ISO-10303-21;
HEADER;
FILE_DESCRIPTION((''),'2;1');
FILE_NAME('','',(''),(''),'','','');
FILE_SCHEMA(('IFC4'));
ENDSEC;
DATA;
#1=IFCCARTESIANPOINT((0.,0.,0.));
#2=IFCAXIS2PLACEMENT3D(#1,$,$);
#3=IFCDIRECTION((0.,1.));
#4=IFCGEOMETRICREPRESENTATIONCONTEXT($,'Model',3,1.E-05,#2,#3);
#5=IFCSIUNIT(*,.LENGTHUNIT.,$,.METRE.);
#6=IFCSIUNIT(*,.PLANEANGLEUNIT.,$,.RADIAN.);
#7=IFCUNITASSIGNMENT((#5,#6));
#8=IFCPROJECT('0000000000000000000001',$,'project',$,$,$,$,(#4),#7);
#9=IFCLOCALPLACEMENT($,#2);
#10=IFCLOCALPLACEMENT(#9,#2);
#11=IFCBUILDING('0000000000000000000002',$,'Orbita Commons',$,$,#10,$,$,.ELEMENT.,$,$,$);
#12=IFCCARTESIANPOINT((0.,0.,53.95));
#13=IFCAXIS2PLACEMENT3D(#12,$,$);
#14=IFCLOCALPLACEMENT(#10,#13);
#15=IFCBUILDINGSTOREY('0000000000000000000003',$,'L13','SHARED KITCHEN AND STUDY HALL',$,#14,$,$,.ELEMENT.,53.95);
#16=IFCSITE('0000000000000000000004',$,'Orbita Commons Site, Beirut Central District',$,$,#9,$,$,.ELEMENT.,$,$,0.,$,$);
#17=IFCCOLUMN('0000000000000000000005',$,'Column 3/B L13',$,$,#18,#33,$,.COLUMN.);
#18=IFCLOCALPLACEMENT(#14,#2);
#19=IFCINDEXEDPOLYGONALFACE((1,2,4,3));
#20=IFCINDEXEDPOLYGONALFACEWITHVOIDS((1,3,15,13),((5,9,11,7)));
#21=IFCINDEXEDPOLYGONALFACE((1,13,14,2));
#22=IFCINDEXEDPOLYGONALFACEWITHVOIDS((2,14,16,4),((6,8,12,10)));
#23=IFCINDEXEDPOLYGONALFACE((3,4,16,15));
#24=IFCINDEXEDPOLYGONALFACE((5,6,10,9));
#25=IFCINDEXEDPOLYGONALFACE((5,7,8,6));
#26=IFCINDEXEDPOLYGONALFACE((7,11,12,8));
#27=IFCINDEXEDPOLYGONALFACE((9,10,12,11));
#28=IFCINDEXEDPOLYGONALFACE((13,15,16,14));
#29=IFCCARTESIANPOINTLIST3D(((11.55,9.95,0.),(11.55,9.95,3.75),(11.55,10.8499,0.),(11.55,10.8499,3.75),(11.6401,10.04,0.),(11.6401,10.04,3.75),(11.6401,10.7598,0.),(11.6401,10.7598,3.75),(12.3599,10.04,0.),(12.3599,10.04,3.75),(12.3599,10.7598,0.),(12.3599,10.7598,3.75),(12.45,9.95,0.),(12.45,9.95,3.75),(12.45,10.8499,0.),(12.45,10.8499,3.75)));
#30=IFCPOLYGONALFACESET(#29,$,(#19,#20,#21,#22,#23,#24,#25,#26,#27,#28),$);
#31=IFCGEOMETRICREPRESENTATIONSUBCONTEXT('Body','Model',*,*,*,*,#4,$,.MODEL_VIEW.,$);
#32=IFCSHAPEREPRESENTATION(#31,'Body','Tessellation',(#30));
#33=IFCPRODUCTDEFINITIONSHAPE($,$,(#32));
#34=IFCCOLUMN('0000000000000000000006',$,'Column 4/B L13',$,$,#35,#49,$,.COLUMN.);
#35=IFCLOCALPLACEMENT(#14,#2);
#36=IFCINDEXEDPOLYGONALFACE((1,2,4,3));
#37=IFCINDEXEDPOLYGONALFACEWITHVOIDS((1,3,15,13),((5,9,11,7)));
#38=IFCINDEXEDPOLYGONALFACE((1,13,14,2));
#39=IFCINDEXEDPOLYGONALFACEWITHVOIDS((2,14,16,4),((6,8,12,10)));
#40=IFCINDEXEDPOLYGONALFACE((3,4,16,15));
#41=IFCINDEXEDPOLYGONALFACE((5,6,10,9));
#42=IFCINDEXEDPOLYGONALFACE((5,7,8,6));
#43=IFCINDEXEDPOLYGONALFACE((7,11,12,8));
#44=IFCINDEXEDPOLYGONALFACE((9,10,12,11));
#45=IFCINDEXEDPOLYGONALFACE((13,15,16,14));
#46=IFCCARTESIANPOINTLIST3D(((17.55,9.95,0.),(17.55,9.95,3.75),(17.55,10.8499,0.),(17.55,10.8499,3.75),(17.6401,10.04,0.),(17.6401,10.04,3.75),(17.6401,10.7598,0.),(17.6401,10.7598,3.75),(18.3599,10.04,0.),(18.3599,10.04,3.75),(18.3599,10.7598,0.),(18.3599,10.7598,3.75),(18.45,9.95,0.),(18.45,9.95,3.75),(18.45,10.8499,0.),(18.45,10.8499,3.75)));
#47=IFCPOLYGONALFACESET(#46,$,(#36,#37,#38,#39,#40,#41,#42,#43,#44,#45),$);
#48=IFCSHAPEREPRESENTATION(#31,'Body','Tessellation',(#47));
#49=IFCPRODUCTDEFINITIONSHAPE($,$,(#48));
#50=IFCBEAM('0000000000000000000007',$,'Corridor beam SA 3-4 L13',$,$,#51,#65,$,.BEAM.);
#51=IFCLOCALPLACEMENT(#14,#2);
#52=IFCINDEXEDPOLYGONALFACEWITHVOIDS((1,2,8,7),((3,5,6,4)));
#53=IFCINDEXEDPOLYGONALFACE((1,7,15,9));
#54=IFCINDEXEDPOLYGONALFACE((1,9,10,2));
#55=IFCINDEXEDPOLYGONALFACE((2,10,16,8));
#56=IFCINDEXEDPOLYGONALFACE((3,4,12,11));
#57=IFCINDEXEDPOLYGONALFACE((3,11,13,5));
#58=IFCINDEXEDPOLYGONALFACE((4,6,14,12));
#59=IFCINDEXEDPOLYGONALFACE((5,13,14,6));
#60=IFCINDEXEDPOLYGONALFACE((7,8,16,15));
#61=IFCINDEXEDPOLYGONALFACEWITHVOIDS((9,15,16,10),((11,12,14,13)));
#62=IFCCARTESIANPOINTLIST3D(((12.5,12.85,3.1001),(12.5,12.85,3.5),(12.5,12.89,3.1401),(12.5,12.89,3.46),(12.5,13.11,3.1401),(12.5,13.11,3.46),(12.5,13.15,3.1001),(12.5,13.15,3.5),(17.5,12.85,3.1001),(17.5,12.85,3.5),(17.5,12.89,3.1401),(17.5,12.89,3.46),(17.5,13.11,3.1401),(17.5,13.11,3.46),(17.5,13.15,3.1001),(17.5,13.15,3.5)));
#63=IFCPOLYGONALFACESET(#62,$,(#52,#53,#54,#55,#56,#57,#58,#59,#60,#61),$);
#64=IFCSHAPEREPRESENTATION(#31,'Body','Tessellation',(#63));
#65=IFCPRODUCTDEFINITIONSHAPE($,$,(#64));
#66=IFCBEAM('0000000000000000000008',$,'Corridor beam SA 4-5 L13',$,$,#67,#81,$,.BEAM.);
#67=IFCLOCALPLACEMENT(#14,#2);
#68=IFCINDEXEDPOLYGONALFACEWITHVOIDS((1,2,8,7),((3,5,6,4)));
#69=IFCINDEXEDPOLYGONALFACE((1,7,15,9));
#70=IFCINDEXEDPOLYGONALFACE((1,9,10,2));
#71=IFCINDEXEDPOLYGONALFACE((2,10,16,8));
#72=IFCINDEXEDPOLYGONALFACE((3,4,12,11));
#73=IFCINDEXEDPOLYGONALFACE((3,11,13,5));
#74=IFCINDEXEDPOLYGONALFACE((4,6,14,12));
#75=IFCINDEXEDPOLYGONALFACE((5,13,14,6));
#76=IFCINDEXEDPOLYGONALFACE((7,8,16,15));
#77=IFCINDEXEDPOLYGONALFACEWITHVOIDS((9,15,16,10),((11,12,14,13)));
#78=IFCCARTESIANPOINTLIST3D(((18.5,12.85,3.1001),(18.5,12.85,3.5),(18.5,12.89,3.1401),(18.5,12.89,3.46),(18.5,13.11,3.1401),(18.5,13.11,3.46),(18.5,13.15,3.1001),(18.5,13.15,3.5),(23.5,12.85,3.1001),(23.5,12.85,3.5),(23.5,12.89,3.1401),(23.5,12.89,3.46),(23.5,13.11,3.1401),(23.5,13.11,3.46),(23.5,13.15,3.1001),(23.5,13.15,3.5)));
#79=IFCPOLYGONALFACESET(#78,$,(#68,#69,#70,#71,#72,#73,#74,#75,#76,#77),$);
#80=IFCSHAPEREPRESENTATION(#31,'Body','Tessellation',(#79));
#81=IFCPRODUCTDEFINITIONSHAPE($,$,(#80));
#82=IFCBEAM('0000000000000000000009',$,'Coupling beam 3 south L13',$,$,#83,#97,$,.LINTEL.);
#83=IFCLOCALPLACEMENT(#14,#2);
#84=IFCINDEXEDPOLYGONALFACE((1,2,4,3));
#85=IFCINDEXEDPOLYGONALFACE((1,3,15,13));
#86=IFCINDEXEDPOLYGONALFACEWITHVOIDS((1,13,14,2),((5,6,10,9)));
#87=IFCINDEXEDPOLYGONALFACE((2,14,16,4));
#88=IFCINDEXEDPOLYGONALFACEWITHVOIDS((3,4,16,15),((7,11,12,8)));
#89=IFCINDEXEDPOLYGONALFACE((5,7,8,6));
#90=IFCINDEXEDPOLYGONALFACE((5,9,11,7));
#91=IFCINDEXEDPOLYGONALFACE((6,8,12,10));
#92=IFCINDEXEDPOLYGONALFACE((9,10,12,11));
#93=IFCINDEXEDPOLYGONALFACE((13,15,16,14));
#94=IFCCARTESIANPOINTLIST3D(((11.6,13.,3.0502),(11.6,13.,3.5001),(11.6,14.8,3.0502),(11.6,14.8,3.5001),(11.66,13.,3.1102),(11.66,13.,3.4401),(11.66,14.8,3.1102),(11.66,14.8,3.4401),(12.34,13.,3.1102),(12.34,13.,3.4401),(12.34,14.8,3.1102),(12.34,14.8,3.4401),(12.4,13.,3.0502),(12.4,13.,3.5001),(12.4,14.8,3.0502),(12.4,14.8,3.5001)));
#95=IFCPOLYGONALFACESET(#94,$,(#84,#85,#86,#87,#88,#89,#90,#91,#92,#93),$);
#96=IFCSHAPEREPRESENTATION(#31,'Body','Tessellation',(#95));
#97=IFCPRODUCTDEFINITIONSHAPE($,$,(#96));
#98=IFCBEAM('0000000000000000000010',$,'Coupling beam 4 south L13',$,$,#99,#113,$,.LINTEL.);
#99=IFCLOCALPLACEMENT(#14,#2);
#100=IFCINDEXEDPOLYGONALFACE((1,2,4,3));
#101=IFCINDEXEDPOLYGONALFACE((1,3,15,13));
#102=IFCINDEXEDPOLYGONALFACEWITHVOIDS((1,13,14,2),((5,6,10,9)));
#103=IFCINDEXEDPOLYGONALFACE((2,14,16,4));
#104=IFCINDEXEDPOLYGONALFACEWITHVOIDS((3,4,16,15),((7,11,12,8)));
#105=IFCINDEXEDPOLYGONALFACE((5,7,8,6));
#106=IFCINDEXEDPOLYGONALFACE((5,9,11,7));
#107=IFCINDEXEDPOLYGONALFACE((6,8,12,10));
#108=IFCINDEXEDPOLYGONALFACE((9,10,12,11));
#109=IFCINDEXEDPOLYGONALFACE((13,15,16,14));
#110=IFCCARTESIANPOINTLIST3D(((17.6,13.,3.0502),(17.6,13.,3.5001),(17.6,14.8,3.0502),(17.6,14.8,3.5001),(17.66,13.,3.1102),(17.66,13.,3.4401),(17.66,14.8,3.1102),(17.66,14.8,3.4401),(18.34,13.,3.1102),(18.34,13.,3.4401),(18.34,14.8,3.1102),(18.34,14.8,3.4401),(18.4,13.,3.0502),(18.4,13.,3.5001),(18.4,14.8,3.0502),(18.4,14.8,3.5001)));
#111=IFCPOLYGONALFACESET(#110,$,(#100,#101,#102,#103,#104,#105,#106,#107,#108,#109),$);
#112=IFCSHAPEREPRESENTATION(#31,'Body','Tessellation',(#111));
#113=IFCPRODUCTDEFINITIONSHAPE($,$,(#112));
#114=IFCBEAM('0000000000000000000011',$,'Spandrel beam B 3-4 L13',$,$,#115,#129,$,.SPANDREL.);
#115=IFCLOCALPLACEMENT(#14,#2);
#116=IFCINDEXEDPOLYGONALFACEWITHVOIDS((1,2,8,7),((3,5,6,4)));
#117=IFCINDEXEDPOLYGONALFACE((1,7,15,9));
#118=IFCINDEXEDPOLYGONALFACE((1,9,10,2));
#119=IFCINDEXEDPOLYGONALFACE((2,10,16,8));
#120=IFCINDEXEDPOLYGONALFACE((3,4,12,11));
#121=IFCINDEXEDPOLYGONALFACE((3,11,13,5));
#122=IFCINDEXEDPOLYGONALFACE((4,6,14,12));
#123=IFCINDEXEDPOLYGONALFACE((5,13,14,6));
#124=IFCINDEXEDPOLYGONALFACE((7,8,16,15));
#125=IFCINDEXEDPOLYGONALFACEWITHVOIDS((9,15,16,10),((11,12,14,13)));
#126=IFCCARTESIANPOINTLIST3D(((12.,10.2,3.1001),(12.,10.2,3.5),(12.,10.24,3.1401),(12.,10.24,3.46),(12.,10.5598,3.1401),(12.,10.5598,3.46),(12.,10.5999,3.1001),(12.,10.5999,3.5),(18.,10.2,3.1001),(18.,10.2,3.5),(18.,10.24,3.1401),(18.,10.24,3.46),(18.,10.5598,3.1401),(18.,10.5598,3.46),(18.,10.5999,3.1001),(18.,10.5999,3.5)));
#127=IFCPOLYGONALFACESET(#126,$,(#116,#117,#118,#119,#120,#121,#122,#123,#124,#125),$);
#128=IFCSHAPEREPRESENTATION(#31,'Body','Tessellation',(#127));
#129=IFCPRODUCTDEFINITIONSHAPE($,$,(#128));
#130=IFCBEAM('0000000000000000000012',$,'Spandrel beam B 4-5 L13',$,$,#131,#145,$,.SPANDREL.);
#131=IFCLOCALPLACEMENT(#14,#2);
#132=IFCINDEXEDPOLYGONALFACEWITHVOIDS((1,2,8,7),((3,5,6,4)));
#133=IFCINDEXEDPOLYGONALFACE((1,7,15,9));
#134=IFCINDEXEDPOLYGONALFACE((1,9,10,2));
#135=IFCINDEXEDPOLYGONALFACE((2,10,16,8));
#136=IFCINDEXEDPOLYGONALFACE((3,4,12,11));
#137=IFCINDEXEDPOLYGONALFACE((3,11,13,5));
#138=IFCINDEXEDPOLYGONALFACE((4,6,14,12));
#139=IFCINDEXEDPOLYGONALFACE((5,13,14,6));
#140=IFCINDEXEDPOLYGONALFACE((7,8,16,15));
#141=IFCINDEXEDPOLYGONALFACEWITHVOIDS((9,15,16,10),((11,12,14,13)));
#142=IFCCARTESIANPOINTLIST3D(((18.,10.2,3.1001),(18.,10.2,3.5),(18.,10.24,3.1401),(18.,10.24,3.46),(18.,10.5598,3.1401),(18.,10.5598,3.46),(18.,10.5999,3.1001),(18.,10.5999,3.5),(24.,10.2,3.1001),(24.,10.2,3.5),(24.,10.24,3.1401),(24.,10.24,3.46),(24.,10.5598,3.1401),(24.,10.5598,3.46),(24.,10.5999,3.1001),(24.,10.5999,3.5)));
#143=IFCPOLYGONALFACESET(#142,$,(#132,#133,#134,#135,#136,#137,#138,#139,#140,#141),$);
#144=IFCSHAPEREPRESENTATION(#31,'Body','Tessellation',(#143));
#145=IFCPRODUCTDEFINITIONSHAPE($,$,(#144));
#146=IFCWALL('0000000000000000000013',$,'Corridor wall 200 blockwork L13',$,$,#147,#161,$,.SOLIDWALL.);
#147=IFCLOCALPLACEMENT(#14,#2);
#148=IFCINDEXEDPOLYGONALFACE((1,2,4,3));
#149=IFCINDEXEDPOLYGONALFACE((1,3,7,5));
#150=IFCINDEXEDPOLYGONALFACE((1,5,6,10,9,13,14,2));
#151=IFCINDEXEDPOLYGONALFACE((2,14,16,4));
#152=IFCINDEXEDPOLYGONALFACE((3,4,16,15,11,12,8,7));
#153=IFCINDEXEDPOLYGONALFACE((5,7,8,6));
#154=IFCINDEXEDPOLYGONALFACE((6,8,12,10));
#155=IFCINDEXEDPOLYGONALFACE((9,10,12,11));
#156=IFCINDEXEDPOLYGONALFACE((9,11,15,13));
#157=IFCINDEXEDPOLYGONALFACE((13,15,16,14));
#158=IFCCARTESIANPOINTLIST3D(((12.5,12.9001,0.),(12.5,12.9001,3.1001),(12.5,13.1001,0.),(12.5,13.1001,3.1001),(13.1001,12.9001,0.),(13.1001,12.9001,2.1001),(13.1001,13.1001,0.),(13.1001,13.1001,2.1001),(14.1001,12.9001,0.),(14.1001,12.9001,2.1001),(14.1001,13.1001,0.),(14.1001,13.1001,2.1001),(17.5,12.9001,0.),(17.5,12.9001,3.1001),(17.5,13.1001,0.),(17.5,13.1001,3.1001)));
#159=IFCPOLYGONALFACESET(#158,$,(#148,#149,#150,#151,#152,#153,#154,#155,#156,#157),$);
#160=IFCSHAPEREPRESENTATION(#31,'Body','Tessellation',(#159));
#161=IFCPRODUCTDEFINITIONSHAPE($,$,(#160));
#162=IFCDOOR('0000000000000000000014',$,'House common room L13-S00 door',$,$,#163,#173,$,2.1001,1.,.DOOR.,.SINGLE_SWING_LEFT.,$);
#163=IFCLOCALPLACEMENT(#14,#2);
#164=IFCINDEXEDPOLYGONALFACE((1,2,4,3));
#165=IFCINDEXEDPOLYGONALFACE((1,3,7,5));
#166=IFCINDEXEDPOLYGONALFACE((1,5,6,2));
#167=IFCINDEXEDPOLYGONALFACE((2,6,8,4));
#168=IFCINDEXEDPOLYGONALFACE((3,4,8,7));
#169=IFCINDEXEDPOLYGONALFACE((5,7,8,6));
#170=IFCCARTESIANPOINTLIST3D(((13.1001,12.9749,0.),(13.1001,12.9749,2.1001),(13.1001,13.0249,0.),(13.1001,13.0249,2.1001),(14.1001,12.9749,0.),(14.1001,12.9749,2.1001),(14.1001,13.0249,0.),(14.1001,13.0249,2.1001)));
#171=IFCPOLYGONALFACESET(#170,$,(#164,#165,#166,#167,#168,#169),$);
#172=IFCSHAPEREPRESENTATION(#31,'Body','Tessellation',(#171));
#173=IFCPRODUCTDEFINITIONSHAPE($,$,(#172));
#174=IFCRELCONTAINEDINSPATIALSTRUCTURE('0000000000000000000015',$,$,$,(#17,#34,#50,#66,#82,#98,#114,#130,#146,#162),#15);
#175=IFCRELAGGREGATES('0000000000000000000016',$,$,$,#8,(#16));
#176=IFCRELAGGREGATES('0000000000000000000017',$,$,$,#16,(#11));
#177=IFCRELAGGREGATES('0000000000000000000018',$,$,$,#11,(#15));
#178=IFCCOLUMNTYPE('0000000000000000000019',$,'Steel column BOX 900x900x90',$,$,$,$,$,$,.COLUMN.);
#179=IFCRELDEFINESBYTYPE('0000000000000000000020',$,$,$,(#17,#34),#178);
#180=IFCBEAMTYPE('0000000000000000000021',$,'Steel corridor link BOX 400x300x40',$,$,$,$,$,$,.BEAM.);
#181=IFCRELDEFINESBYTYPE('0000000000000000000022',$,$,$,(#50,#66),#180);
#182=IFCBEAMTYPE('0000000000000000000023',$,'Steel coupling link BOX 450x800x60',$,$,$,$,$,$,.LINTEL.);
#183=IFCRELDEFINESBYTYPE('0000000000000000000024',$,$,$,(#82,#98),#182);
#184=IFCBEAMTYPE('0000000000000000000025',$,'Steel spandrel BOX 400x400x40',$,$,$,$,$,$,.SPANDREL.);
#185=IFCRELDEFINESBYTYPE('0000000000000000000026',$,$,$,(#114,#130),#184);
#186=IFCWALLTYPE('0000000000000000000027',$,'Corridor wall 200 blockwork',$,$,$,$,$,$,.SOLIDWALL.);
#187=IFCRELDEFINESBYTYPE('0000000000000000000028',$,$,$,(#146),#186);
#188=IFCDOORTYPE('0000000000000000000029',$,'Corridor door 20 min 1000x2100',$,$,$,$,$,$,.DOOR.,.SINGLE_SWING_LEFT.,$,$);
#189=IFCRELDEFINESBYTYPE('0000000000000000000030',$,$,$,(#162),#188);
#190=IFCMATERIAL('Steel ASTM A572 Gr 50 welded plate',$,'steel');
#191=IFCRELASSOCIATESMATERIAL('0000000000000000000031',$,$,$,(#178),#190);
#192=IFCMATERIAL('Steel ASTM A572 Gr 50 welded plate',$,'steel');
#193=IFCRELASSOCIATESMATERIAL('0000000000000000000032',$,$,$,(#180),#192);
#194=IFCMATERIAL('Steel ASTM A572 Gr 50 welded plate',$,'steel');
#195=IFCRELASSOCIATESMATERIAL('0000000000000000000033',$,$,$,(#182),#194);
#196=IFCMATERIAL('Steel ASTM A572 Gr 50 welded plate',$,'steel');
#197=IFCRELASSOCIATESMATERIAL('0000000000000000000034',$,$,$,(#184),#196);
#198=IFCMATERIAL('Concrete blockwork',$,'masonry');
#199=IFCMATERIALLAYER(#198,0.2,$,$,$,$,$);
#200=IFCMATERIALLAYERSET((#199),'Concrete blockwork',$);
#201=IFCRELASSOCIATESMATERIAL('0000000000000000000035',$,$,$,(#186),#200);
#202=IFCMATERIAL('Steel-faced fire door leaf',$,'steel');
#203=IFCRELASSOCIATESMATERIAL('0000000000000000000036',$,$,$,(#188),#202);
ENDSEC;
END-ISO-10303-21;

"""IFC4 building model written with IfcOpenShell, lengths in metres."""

from ifc_helpers import new_model, si_unit, direction, frame, frame_2d, origin, origin_2d, place, context, subcontext, project, spatial, polyline, rectangle, hollow_rectangle, outline, extrude, material, layer, layer_set, material_profile, profile_set, type_object, element, fill, save


model = new_model("IFC4")

# Units and contexts
model_context = context("Model", 3, precision=1e-05, world=origin(), true_north=direction((0.0, 1.0)))
body_context = subcontext(model_context, "Body", "Model", "MODEL_VIEW")
ifc_project = project(units=[si_unit("LENGTHUNIT", "METRE"), si_unit("PLANEANGLEUNIT", "RADIAN")], contexts=[model_context])

# Site, building, storey
site_placement = place(None, origin())
site = spatial("IfcSite", under=ifc_project, at=site_placement, Name="Orbita Commons Site, Beirut Central District", CompositionType="ELEMENT", RefElevation=0.0)
building_placement = place(site_placement, origin())
building = spatial("IfcBuilding", under=site, at=building_placement, Name="Orbita Commons", CompositionType="ELEMENT")
storey_placement = place(building_placement, frame((0.0, 0.0, 53.95)))
storey = spatial("IfcBuildingStorey", under=building, at=storey_placement, Name="L13", Description="SHARED KITCHEN AND STUDY HALL", CompositionType="ELEMENT", Elevation=53.95)

# Columns
ifc_material_1 = material(Name="Steel ASTM A572 Gr 50 welded plate", Category="steel")
ifc_material_profile_1 = material_profile(ifc_material_1, hollow_rectangle(XDim=0.8999, YDim=0.8999, WallThickness=0.0901, at=origin_2d()), Name="BOX 900x900x90")
ifc_profile_set_1 = profile_set([ifc_material_profile_1], Name="Steel ASTM A572 Gr 50 welded plate")
column_type = type_object("IfcColumnType", Name="Steel column BOX 900x900x90", PredefinedType="COLUMN", material=ifc_profile_set_1)
for number, where, z_axis, x_axis, name in (
    (1, (12.0, 10.3999, 0.0), (0.0, 0.0, 1.0), (1.0, 0.0, 0.0), "Column 3/B L13"),
    (2, (18.0, 10.3999, 0.0), (0.0, 0.0, 1.0), (1.0, 0.0, 0.0), "Column 4/B L13"),
):
    element("IfcColumn", number, at=place(storey_placement, frame(where, z_axis=z_axis, x_axis=x_axis)), inside=storey, type_object=column_type, Name=name, PredefinedType="COLUMN", context=body_context, shape_type="SweptSolid", body=[
        extrude(hollow_rectangle(XDim=0.8999, YDim=0.8999, WallThickness=0.0901, at=origin_2d()), origin(), (0.0, 0.0, 1.0), 3.75),
    ])

# Beams
ifc_material_2 = material(Name="Steel ASTM A572 Gr 50 welded plate", Category="steel")
ifc_material_profile_2 = material_profile(ifc_material_2, hollow_rectangle(XDim=0.3, YDim=0.3999, WallThickness=0.04, at=origin_2d()), Name="BOX 400x300x40")
ifc_profile_set_2 = profile_set([ifc_material_profile_2], Name="Steel ASTM A572 Gr 50 welded plate")
beam_type_1 = type_object("IfcBeamType", Name="Steel corridor link BOX 400x300x40", PredefinedType="BEAM", material=ifc_profile_set_2)
for number, where, z_axis, x_axis, name in (
    (3, (12.5, 13.0, 3.3), (1.0, 0.0, 0.0), (0.0, 1.0, 0.0), "Corridor beam SA 3-4 L13"),
    (4, (18.5, 13.0, 3.3), (1.0, 0.0, 0.0), (0.0, 1.0, 0.0), "Corridor beam SA 4-5 L13"),
):
    element("IfcBeam", number, at=place(storey_placement, frame(where, z_axis=z_axis, x_axis=x_axis)), inside=storey, type_object=beam_type_1, Name=name, PredefinedType="BEAM", context=body_context, shape_type="SweptSolid", body=[
        extrude(hollow_rectangle(XDim=0.3, YDim=0.3999, WallThickness=0.04, at=origin_2d()), origin(), (0.0, 0.0, 1.0), 5.0),
    ])
ifc_material_3 = material(Name="Steel ASTM A572 Gr 50 welded plate", Category="steel")
ifc_material_profile_3 = material_profile(ifc_material_3, hollow_rectangle(XDim=0.8, YDim=0.45, WallThickness=0.0601, at=origin_2d()), Name="BOX 450x800x60")
ifc_profile_set_3 = profile_set([ifc_material_profile_3], Name="Steel ASTM A572 Gr 50 welded plate")
beam_type_2 = type_object("IfcBeamType", Name="Steel coupling link BOX 450x800x60", PredefinedType="LINTEL", material=ifc_profile_set_3)
for number, where, z_axis, x_axis, name in (
    (5, (12.0, 13.0, 3.2751), (0.0, 1.0, 0.0), (-1.0, 0.0, 0.0), "Coupling beam 3 south L13"),
    (6, (18.0, 13.0, 3.2751), (0.0, 1.0, 0.0), (-1.0, 0.0, 0.0), "Coupling beam 4 south L13"),
):
    element("IfcBeam", number, at=place(storey_placement, frame(where, z_axis=z_axis, x_axis=x_axis)), inside=storey, type_object=beam_type_2, Name=name, PredefinedType="LINTEL", context=body_context, shape_type="SweptSolid", body=[
        extrude(hollow_rectangle(XDim=0.8, YDim=0.45, WallThickness=0.0601, at=origin_2d()), origin(), (0.0, 0.0, 1.0), 1.8),
    ])
ifc_material_4 = material(Name="Steel ASTM A572 Gr 50 welded plate", Category="steel")
ifc_material_profile_4 = material_profile(ifc_material_4, hollow_rectangle(XDim=0.3999, YDim=0.3999, WallThickness=0.04, at=origin_2d()), Name="BOX 400x400x40")
ifc_profile_set_4 = profile_set([ifc_material_profile_4], Name="Steel ASTM A572 Gr 50 welded plate")
beam_type_3 = type_object("IfcBeamType", Name="Steel spandrel BOX 400x400x40", PredefinedType="SPANDREL", material=ifc_profile_set_4)
for number, where, z_axis, x_axis, name in (
    (7, (12.0, 10.3999, 3.3), (1.0, 0.0, 0.0), (0.0, 1.0, 0.0), "Spandrel beam B 3-4 L13"),
    (8, (18.0, 10.3999, 3.3), (1.0, 0.0, 0.0), (0.0, 1.0, 0.0), "Spandrel beam B 4-5 L13"),
):
    element("IfcBeam", number, at=place(storey_placement, frame(where, z_axis=z_axis, x_axis=x_axis)), inside=storey, type_object=beam_type_3, Name=name, PredefinedType="SPANDREL", context=body_context, shape_type="SweptSolid", body=[
        extrude(hollow_rectangle(XDim=0.3999, YDim=0.3999, WallThickness=0.04, at=origin_2d()), origin(), (0.0, 0.0, 1.0), 6.0),
    ])

# Wall, opening, door
ifc_material_5 = material(Name="Concrete blockwork", Category="masonry")
ifc_layer_1 = layer(ifc_material_5, 0.2)
ifc_layer_set_1 = layer_set([ifc_layer_1], Name="Concrete blockwork")
wall_type_1 = type_object("IfcWallType", Name="Corridor wall 200 blockwork", PredefinedType="SOLIDWALL", material=ifc_layer_set_1)
wall_1_placement = place(storey_placement, frame((12.5, 13.0, 0.0), z_axis=(0.0, 0.0, 1.0), x_axis=(1.0, 0.0, 0.0)))
wall_1 = element("IfcWall", 9, at=wall_1_placement, inside=storey, type_object=wall_type_1, Name="Corridor wall 200 blockwork L13", PredefinedType="SOLIDWALL", context=body_context, shape_type="SweptSolid", body=[
    extrude(outline(polyline([(0.0, 0.0), (5.0, 0.0), (5.0, 3.1001), (0.0, 3.1001), (0.0, 0.0)])), frame((0.0, 0.1001, 0.0), z_axis=(0.0, -1.0, 0.0), x_axis=(1.0, 0.0, 0.0)), (0.0, 0.0, 1.0), 0.2),
])
opening_1_placement = place(wall_1_placement, frame((0.6001, 0.0, 0.0)))
opening_1 = element("IfcOpeningElement", 10, at=opening_1_placement, cuts=wall_1, PredefinedType="OPENING", context=body_context, shape_type="SweptSolid", body=[
    extrude(rectangle(XDim=1.0, YDim=2.1001, at=frame_2d((0.5, 1.05))), frame((0.0, 0.1099, 0.0), z_axis=(0.0, -1.0, 0.0), x_axis=(1.0, 0.0, 0.0)), (0.0, 0.0, 1.0), 0.22),
])
ifc_material_6 = material(Name="Steel-faced fire door leaf", Category="steel")
door_type_1 = type_object("IfcDoorType", Name="Corridor door 20 min 1000x2100", OperationType="SINGLE_SWING_LEFT", PredefinedType="DOOR", material=ifc_material_6)
door_1_placement = place(opening_1_placement, origin())
door_1 = element("IfcDoor", 11, at=door_1_placement, inside=storey, type_object=door_type_1, Name="House common room L13-S00 door", OperationType="SINGLE_SWING_LEFT", OverallHeight=2.1001, OverallWidth=1.0, PredefinedType="DOOR", context=body_context, shape_type="SweptSolid", body=[
    extrude(rectangle(XDim=1.0, YDim=2.1001, at=frame_2d((0.5, 1.05))), frame((0.0, 0.0249, 0.0), z_axis=(0.0, -1.0, 0.0), x_axis=(1.0, 0.0, 0.0)), (0.0, 0.0, 1.0), 0.05),
])
fill(opening_1, door_1)

save(model, "model.ifc")
